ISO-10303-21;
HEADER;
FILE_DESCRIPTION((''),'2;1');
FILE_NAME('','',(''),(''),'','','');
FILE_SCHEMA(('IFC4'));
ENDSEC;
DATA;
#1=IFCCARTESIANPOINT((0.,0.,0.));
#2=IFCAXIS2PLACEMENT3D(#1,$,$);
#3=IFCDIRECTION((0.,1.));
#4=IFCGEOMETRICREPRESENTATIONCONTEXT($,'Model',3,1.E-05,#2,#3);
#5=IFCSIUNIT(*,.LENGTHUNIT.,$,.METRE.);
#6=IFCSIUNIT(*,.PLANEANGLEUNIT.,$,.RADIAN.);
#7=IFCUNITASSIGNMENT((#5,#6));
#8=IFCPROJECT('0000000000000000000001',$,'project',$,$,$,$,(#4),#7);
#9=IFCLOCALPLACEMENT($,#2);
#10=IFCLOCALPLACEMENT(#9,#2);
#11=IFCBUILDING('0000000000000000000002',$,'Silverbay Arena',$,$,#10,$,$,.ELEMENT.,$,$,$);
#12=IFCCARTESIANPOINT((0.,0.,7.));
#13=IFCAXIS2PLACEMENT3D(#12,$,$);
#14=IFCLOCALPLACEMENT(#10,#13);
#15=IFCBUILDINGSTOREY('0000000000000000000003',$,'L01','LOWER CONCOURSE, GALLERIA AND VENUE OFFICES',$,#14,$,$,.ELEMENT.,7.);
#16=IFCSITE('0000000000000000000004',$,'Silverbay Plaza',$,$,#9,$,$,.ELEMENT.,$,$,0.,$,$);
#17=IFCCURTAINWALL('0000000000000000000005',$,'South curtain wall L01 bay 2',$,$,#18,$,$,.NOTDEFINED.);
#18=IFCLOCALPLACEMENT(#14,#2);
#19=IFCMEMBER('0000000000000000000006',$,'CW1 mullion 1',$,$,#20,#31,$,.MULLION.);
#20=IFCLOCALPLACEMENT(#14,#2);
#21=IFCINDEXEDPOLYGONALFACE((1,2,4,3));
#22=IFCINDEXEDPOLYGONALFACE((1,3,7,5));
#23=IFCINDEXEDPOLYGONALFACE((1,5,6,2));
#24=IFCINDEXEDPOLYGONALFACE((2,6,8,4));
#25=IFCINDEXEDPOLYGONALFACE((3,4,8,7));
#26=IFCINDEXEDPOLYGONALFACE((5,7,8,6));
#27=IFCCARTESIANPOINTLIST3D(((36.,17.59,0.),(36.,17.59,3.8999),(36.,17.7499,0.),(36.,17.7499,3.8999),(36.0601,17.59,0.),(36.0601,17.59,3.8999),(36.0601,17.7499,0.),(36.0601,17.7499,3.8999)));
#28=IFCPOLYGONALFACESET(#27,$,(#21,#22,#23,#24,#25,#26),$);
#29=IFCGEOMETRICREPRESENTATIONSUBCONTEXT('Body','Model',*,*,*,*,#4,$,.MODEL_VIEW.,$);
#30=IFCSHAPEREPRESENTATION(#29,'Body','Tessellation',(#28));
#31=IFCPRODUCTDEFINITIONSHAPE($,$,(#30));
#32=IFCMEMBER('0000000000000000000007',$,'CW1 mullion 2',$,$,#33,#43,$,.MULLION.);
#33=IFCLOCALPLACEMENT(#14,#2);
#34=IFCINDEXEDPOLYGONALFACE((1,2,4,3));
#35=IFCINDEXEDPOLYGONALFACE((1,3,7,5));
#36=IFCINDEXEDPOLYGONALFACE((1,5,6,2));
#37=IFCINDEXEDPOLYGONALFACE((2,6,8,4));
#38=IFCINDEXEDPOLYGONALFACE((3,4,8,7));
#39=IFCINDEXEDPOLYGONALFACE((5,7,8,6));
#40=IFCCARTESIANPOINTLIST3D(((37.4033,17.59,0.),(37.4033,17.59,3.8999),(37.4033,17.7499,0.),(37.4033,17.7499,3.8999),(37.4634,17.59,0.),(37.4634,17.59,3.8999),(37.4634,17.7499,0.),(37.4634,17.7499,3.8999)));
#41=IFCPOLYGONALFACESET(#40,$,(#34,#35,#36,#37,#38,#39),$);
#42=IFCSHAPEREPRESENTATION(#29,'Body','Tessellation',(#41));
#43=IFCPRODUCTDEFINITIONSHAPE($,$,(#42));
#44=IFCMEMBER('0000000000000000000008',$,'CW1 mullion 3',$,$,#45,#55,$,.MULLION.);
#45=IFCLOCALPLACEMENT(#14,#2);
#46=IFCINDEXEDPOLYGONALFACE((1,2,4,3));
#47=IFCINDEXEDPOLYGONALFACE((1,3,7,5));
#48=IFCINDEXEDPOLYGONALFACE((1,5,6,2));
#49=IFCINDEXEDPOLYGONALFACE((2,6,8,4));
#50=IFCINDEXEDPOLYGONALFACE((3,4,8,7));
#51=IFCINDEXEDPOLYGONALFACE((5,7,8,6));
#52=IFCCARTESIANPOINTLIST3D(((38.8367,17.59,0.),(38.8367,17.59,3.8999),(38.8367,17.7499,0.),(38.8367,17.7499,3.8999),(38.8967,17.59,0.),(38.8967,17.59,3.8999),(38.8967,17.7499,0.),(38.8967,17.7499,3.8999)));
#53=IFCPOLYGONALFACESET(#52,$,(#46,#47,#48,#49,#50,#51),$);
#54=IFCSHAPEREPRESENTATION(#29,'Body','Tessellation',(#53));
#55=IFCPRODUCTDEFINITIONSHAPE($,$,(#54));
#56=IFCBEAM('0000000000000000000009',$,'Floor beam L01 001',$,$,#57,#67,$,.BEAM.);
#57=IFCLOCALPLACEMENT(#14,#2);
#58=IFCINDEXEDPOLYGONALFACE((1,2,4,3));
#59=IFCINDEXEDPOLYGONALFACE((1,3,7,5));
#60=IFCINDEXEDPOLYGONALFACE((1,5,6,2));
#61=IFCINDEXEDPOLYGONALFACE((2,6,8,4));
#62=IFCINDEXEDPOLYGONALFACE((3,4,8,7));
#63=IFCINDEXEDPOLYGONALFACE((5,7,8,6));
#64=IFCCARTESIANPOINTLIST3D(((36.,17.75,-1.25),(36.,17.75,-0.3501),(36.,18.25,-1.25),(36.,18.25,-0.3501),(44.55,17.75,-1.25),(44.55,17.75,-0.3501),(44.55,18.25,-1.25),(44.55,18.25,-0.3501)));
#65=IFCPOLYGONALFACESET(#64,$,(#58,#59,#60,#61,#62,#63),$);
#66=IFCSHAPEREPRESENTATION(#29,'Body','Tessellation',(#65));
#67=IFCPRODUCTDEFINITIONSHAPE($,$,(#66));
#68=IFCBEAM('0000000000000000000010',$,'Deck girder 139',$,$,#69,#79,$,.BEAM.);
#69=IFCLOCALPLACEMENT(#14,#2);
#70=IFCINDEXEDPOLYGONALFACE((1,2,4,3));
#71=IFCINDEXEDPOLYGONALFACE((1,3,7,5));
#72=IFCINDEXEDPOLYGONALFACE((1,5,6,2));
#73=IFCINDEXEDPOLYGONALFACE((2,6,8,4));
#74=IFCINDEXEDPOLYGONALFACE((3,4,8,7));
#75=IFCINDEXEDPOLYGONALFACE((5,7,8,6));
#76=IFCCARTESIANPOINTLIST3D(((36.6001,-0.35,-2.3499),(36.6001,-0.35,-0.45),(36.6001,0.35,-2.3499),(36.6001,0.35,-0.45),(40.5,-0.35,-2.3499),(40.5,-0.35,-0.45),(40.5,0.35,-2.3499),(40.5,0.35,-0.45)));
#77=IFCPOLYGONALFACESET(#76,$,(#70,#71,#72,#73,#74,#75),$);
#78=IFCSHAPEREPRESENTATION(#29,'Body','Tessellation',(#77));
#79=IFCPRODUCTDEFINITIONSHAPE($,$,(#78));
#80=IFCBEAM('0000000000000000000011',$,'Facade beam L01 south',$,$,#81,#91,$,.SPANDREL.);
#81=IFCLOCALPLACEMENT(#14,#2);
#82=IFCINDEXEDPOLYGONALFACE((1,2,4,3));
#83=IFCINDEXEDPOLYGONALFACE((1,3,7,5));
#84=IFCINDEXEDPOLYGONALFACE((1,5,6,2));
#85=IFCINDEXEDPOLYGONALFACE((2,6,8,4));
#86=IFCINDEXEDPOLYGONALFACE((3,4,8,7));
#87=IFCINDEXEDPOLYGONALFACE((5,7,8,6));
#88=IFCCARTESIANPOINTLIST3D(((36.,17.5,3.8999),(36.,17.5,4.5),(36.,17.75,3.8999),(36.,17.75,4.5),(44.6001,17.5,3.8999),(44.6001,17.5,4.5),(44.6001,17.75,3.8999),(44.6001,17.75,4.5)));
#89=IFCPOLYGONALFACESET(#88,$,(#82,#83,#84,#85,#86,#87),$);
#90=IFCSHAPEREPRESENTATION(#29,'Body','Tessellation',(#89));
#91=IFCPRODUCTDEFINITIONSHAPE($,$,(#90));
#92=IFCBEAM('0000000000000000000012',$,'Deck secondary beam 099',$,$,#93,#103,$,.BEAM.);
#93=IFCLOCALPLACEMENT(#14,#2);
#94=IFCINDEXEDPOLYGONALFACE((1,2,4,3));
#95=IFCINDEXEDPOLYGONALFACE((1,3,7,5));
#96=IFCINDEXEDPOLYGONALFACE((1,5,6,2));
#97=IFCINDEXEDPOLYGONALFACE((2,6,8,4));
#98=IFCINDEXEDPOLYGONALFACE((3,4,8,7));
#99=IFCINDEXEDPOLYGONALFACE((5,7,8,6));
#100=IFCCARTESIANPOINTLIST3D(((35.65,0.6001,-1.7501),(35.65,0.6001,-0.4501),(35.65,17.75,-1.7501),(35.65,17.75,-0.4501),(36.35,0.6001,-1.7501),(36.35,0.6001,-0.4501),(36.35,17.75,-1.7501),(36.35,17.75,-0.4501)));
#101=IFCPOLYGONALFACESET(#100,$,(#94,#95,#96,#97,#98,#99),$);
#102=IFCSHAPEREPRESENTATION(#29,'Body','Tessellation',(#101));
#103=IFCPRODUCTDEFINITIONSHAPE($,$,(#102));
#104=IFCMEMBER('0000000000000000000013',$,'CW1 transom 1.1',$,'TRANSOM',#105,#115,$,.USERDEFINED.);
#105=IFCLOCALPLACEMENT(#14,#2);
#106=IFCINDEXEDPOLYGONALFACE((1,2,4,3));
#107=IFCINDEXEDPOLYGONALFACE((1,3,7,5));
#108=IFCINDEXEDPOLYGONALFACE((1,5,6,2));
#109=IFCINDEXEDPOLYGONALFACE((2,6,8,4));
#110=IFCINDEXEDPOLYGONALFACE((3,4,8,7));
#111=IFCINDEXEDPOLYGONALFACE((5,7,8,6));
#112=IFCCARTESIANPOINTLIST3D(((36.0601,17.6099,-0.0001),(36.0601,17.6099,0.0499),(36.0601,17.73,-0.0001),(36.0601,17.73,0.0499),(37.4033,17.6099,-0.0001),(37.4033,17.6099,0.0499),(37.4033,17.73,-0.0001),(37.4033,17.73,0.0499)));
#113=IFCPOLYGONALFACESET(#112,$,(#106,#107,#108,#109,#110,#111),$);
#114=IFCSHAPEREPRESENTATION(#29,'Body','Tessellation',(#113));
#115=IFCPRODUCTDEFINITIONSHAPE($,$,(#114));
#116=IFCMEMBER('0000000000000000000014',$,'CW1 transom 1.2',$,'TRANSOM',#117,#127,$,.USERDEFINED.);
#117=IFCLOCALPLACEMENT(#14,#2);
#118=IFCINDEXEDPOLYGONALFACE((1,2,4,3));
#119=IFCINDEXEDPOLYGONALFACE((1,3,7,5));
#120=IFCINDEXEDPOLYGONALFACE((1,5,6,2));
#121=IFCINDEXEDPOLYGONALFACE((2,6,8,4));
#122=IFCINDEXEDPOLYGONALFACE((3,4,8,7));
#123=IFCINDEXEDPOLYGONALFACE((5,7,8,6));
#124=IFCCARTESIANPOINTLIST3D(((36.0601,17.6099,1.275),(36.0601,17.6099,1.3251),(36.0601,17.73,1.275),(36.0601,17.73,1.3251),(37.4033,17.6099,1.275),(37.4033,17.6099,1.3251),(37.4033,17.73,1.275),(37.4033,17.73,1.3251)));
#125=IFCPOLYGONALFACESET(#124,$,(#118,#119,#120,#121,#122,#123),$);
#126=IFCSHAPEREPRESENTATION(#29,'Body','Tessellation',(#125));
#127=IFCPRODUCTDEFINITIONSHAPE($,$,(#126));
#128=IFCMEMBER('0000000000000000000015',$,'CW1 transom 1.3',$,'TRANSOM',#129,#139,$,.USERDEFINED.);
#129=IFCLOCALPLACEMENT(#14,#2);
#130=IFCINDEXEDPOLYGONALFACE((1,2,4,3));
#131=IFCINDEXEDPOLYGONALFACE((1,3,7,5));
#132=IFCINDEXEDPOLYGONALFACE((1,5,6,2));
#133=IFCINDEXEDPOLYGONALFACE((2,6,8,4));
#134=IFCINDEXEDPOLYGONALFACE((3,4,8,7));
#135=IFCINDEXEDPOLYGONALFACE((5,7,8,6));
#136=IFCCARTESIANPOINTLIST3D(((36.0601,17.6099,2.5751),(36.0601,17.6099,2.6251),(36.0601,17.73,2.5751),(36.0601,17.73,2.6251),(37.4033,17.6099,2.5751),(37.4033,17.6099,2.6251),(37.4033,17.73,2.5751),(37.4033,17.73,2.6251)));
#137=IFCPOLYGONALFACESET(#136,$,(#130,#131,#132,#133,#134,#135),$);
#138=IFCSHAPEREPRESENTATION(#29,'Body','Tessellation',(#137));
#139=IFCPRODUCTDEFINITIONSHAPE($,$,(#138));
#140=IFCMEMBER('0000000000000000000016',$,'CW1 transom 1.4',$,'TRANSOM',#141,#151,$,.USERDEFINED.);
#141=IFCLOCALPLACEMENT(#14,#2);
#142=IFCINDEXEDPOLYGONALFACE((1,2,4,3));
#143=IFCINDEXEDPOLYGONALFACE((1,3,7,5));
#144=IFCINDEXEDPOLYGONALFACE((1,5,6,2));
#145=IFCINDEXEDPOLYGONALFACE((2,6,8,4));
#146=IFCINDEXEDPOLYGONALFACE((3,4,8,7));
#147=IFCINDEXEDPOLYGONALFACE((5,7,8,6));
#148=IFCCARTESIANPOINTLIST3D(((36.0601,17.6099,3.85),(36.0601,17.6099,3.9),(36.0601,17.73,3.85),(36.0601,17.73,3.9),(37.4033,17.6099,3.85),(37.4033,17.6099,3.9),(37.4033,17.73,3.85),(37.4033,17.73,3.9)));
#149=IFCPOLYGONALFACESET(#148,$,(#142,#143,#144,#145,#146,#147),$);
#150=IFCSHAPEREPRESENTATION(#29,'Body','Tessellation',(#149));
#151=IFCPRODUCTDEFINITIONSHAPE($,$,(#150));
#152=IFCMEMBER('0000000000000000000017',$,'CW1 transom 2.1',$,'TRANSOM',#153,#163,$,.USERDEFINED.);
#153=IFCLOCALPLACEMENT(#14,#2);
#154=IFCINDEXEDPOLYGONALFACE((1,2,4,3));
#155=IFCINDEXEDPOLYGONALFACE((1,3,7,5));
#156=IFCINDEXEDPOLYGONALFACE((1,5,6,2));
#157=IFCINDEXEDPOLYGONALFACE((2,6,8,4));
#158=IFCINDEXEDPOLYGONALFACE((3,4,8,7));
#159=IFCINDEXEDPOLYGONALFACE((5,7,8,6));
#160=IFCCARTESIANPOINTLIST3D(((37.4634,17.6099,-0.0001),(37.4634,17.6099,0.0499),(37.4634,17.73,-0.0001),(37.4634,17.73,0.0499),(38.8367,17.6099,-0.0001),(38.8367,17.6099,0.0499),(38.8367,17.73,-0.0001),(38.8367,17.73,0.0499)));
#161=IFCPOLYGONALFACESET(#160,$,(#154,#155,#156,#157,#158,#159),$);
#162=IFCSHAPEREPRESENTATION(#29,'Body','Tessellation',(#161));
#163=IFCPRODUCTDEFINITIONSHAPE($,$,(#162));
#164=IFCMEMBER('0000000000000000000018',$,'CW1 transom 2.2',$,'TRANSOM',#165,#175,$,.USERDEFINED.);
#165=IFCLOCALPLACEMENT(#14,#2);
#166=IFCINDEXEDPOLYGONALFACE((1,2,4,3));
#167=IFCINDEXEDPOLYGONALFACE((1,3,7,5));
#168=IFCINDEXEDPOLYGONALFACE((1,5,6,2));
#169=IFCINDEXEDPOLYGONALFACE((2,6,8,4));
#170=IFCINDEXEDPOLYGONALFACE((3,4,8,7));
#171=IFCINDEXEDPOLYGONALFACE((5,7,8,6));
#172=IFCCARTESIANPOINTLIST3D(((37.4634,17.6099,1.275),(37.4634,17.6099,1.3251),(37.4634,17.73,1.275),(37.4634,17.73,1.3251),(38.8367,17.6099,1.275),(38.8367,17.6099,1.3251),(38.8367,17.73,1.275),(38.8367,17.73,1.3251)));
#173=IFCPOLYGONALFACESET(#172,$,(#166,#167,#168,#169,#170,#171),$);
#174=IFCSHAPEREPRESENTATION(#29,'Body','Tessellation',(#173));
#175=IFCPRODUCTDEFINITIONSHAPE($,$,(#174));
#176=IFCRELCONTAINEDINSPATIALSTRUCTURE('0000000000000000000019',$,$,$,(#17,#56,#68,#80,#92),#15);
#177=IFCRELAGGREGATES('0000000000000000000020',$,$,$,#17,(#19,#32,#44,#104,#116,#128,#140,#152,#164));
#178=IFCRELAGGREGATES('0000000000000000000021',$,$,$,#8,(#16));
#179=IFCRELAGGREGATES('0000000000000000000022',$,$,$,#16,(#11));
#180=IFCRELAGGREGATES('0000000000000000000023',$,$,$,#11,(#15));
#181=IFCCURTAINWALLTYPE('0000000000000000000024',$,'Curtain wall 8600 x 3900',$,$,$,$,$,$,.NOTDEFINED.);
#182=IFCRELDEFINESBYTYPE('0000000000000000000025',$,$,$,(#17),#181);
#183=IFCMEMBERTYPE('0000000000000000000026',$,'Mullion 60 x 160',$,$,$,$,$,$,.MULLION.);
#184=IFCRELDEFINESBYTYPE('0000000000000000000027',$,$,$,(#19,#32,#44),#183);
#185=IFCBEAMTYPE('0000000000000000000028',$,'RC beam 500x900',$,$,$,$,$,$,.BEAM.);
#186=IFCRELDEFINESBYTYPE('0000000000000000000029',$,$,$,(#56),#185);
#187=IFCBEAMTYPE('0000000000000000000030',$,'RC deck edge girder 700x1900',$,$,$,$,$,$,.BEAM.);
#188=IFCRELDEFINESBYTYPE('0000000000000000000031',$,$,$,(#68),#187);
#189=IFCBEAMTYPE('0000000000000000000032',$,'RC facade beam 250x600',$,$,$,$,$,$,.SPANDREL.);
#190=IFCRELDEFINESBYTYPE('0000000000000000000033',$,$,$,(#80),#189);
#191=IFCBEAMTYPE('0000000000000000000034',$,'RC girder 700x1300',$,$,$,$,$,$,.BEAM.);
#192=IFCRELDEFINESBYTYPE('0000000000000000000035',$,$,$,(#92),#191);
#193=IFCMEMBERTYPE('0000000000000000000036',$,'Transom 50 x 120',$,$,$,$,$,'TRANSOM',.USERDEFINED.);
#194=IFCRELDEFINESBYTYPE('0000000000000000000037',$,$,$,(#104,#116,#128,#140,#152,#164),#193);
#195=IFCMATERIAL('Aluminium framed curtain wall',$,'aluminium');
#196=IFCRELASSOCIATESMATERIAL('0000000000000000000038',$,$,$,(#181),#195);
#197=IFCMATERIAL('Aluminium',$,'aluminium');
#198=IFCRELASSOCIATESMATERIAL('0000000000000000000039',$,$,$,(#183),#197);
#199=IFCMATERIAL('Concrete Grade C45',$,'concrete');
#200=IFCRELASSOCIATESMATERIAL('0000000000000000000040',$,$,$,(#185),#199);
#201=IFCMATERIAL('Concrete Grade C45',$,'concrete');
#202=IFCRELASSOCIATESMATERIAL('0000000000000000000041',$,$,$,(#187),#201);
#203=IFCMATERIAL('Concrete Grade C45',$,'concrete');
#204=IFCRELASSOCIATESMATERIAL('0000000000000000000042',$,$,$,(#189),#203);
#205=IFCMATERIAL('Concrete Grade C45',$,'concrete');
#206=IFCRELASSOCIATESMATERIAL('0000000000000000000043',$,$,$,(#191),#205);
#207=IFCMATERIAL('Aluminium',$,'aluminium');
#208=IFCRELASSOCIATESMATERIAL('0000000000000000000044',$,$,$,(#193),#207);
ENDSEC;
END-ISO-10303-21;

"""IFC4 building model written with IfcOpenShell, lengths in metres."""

from ifc_helpers import new_model, si_unit, direction, frame, origin, origin_2d, place, context, subcontext, project, spatial, rectangle, extrude, material, material_profile, profile_set, type_object, element, aggregate, save


model = new_model("IFC4")

# Units and contexts
model_context = context("Model", 3, precision=1e-05, world=origin(), true_north=direction((0.0, 1.0)))
body_context = subcontext(model_context, "Body", "Model", "MODEL_VIEW")
ifc_project = project(units=[si_unit("LENGTHUNIT", "METRE"), si_unit("PLANEANGLEUNIT", "RADIAN")], contexts=[model_context])

# Site, building, storey
site_placement = place(None, origin())
site = spatial("IfcSite", under=ifc_project, at=site_placement, Name="Silverbay Plaza", CompositionType="ELEMENT", RefElevation=0.0)
building_placement = place(site_placement, origin())
building = spatial("IfcBuilding", under=site, at=building_placement, Name="Silverbay Arena", CompositionType="ELEMENT")
storey_placement = place(building_placement, frame((0.0, 0.0, 7.0)))
storey = spatial("IfcBuildingStorey", under=building, at=storey_placement, Name="L01", Description="LOWER CONCOURSE, GALLERIA AND VENUE OFFICES", CompositionType="ELEMENT", Elevation=7.0)

# Curtain wall, members
ifc_material_1 = material(Name="Aluminium framed curtain wall", Category="aluminium")
curtain_wall_type = type_object("IfcCurtainWallType", Name="Curtain wall 8600 x 3900", PredefinedType="NOTDEFINED", material=ifc_material_1)
curtain_wall_placement = place(storey_placement, origin())
curtain_wall = element("IfcCurtainWall", 1, at=curtain_wall_placement, inside=storey, type_object=curtain_wall_type, Name="South curtain wall L01 bay 2", PredefinedType="NOTDEFINED")
ifc_material_2 = material(Name="Aluminium", Category="aluminium")
ifc_material_profile_1 = material_profile(ifc_material_2, rectangle(XDim=0.1599, YDim=0.0601, at=origin_2d()), Name="Mullion 60 x 160")
ifc_profile_set_1 = profile_set([ifc_material_profile_1], Name="Aluminium")
member_type_1 = type_object("IfcMemberType", Name="Mullion 60 x 160", PredefinedType="MULLION", material=ifc_profile_set_1)
member_1_placement = place(storey_placement, frame((36.03, 17.6699, 0.0), z_axis=(0.0, 0.0, 1.0), x_axis=(0.0, 1.0, 0.0)))
member_1 = element("IfcMember", 2, at=member_1_placement, type_object=member_type_1, Name="CW1 mullion 1", PredefinedType="MULLION", context=body_context, shape_type="SweptSolid", body=[
    extrude(rectangle(XDim=0.1599, YDim=0.0601, at=origin_2d()), origin(), (0.0, 0.0, 1.0), 3.8999),
])
member_2_placement = place(storey_placement, frame((37.4333, 17.6699, 0.0), z_axis=(0.0, 0.0, 1.0), x_axis=(0.0, 1.0, 0.0)))
member_2 = element("IfcMember", 3, at=member_2_placement, type_object=member_type_1, Name="CW1 mullion 2", PredefinedType="MULLION", context=body_context, shape_type="SweptSolid", body=[
    extrude(rectangle(XDim=0.1599, YDim=0.0601, at=origin_2d()), origin(), (0.0, 0.0, 1.0), 3.8999),
])
member_3_placement = place(storey_placement, frame((38.8667, 17.6699, 0.0), z_axis=(0.0, 0.0, 1.0), x_axis=(0.0, 1.0, 0.0)))
member_3 = element("IfcMember", 4, at=member_3_placement, type_object=member_type_1, Name="CW1 mullion 3", PredefinedType="MULLION", context=body_context, shape_type="SweptSolid", body=[
    extrude(rectangle(XDim=0.1599, YDim=0.0601, at=origin_2d()), origin(), (0.0, 0.0, 1.0), 3.8999),
])

# Beams
ifc_material_3 = material(Name="Concrete Grade C45", Category="concrete")
ifc_material_profile_2 = material_profile(ifc_material_3, rectangle(XDim=0.5, YDim=0.8999, at=origin_2d()), Name="RC 500x900")
ifc_profile_set_2 = profile_set([ifc_material_profile_2], Name="Concrete Grade C45")
beam_type_1 = type_object("IfcBeamType", Name="RC beam 500x900", PredefinedType="BEAM", material=ifc_profile_set_2)
beam_1_placement = place(storey_placement, frame((36.0, 18.0, -0.8), z_axis=(1.0, 0.0, 0.0), x_axis=(0.0, 1.0, 0.0)))
element("IfcBeam", 5, at=beam_1_placement, inside=storey, type_object=beam_type_1, Name="Floor beam L01 001", PredefinedType="BEAM", context=body_context, shape_type="SweptSolid", body=[
    extrude(rectangle(XDim=0.5, YDim=0.8999, at=origin_2d()), origin(), (0.0, 0.0, 1.0), 8.55),
])
ifc_material_4 = material(Name="Concrete Grade C45", Category="concrete")
ifc_material_profile_3 = material_profile(ifc_material_4, rectangle(XDim=0.7, YDim=1.8999, at=origin_2d()), Name="RC 700x1900")
ifc_profile_set_3 = profile_set([ifc_material_profile_3], Name="Concrete Grade C45")
beam_type_2 = type_object("IfcBeamType", Name="RC deck edge girder 700x1900", PredefinedType="BEAM", material=ifc_profile_set_3)
beam_2_placement = place(storey_placement, frame((36.6001, 0.0, -1.3999), z_axis=(1.0, 0.0, 0.0), x_axis=(0.0, 1.0, 0.0)))
element("IfcBeam", 6, at=beam_2_placement, inside=storey, type_object=beam_type_2, Name="Deck girder 139", PredefinedType="BEAM", context=body_context, shape_type="SweptSolid", body=[
    extrude(rectangle(XDim=0.7, YDim=1.8999, at=origin_2d()), origin(), (0.0, 0.0, 1.0), 3.8999),
])
ifc_material_5 = material(Name="Concrete Grade C45", Category="concrete")
ifc_material_profile_4 = material_profile(ifc_material_5, rectangle(XDim=0.25, YDim=0.6001, at=origin_2d()), Name="RC 250x600")
ifc_profile_set_4 = profile_set([ifc_material_profile_4], Name="Concrete Grade C45")
beam_type_3 = type_object("IfcBeamType", Name="RC facade beam 250x600", PredefinedType="SPANDREL", material=ifc_profile_set_4)
beam_3_placement = place(storey_placement, frame((36.0, 17.625, 4.2), z_axis=(1.0, 0.0, 0.0), x_axis=(0.0, 1.0, 0.0)))
element("IfcBeam", 7, at=beam_3_placement, inside=storey, type_object=beam_type_3, Name="Facade beam L01 south", PredefinedType="SPANDREL", context=body_context, shape_type="SweptSolid", body=[
    extrude(rectangle(XDim=0.25, YDim=0.6001, at=origin_2d()), origin(), (0.0, 0.0, 1.0), 8.6001),
])
ifc_material_6 = material(Name="Concrete Grade C45", Category="concrete")
ifc_material_profile_5 = material_profile(ifc_material_6, rectangle(XDim=0.7, YDim=1.3, at=origin_2d()), Name="RC 700x1300")
ifc_profile_set_5 = profile_set([ifc_material_profile_5], Name="Concrete Grade C45")
beam_type_4 = type_object("IfcBeamType", Name="RC girder 700x1300", PredefinedType="BEAM", material=ifc_profile_set_5)
beam_4_placement = place(storey_placement, frame((36.0, 0.6001, -1.1001), z_axis=(0.0, 1.0, 0.0), x_axis=(-1.0, 0.0, 0.0)))
element("IfcBeam", 8, at=beam_4_placement, inside=storey, type_object=beam_type_4, Name="Deck secondary beam 099", PredefinedType="BEAM", context=body_context, shape_type="SweptSolid", body=[
    extrude(rectangle(XDim=0.7, YDim=1.3, at=origin_2d()), origin(), (0.0, 0.0, 1.0), 17.1499),
])

# Members
ifc_material_7 = material(Name="Aluminium", Category="aluminium")
ifc_material_profile_6 = material_profile(ifc_material_7, rectangle(XDim=0.1201, YDim=0.05, at=origin_2d()), Name="Transom 50 x 120")
ifc_profile_set_6 = profile_set([ifc_material_profile_6], Name="Aluminium")
member_type_2 = type_object("IfcMemberType", Name="Transom 50 x 120", ElementType="TRANSOM", PredefinedType="USERDEFINED", material=ifc_profile_set_6)
member_4_placement = place(storey_placement, frame((36.0601, 17.6699, 0.0249), z_axis=(1.0, 0.0, 0.0), x_axis=(0.0, 1.0, 0.0)))
member_4 = element("IfcMember", 9, at=member_4_placement, type_object=member_type_2, Name="CW1 transom 1.1", ObjectType="TRANSOM", PredefinedType="USERDEFINED", context=body_context, shape_type="SweptSolid", body=[
    extrude(rectangle(XDim=0.1201, YDim=0.05, at=origin_2d()), origin(), (0.0, 0.0, 1.0), 1.3433),
])
member_5_placement = place(storey_placement, frame((36.0601, 17.6699, 1.3), z_axis=(1.0, 0.0, 0.0), x_axis=(0.0, 1.0, 0.0)))
member_5 = element("IfcMember", 10, at=member_5_placement, type_object=member_type_2, Name="CW1 transom 1.2", ObjectType="TRANSOM", PredefinedType="USERDEFINED", context=body_context, shape_type="SweptSolid", body=[
    extrude(rectangle(XDim=0.1201, YDim=0.05, at=origin_2d()), origin(), (0.0, 0.0, 1.0), 1.3433),
])
member_6_placement = place(storey_placement, frame((36.0601, 17.6699, 2.6001), z_axis=(1.0, 0.0, 0.0), x_axis=(0.0, 1.0, 0.0)))
member_6 = element("IfcMember", 11, at=member_6_placement, type_object=member_type_2, Name="CW1 transom 1.3", ObjectType="TRANSOM", PredefinedType="USERDEFINED", context=body_context, shape_type="SweptSolid", body=[
    extrude(rectangle(XDim=0.1201, YDim=0.05, at=origin_2d()), origin(), (0.0, 0.0, 1.0), 1.3433),
])
member_7_placement = place(storey_placement, frame((36.0601, 17.6699, 3.875), z_axis=(1.0, 0.0, 0.0), x_axis=(0.0, 1.0, 0.0)))
member_7 = element("IfcMember", 12, at=member_7_placement, type_object=member_type_2, Name="CW1 transom 1.4", ObjectType="TRANSOM", PredefinedType="USERDEFINED", context=body_context, shape_type="SweptSolid", body=[
    extrude(rectangle(XDim=0.1201, YDim=0.05, at=origin_2d()), origin(), (0.0, 0.0, 1.0), 1.3433),
])
member_8_placement = place(storey_placement, frame((37.4634, 17.6699, 0.0249), z_axis=(1.0, 0.0, 0.0), x_axis=(0.0, 1.0, 0.0)))
member_8 = element("IfcMember", 13, at=member_8_placement, type_object=member_type_2, Name="CW1 transom 2.1", ObjectType="TRANSOM", PredefinedType="USERDEFINED", context=body_context, shape_type="SweptSolid", body=[
    extrude(rectangle(XDim=0.1201, YDim=0.05, at=origin_2d()), origin(), (0.0, 0.0, 1.0), 1.3733),
])
member_9_placement = place(storey_placement, frame((37.4634, 17.6699, 1.3), z_axis=(1.0, 0.0, 0.0), x_axis=(0.0, 1.0, 0.0)))
member_9 = element("IfcMember", 14, at=member_9_placement, type_object=member_type_2, Name="CW1 transom 2.2", ObjectType="TRANSOM", PredefinedType="USERDEFINED", context=body_context, shape_type="SweptSolid", body=[
    extrude(rectangle(XDim=0.1201, YDim=0.05, at=origin_2d()), origin(), (0.0, 0.0, 1.0), 1.3733),
])

aggregate(curtain_wall, [member_1, member_2, member_3, member_4, member_5, member_6, member_7, member_8, member_9])

save(model, "model.ifc")
